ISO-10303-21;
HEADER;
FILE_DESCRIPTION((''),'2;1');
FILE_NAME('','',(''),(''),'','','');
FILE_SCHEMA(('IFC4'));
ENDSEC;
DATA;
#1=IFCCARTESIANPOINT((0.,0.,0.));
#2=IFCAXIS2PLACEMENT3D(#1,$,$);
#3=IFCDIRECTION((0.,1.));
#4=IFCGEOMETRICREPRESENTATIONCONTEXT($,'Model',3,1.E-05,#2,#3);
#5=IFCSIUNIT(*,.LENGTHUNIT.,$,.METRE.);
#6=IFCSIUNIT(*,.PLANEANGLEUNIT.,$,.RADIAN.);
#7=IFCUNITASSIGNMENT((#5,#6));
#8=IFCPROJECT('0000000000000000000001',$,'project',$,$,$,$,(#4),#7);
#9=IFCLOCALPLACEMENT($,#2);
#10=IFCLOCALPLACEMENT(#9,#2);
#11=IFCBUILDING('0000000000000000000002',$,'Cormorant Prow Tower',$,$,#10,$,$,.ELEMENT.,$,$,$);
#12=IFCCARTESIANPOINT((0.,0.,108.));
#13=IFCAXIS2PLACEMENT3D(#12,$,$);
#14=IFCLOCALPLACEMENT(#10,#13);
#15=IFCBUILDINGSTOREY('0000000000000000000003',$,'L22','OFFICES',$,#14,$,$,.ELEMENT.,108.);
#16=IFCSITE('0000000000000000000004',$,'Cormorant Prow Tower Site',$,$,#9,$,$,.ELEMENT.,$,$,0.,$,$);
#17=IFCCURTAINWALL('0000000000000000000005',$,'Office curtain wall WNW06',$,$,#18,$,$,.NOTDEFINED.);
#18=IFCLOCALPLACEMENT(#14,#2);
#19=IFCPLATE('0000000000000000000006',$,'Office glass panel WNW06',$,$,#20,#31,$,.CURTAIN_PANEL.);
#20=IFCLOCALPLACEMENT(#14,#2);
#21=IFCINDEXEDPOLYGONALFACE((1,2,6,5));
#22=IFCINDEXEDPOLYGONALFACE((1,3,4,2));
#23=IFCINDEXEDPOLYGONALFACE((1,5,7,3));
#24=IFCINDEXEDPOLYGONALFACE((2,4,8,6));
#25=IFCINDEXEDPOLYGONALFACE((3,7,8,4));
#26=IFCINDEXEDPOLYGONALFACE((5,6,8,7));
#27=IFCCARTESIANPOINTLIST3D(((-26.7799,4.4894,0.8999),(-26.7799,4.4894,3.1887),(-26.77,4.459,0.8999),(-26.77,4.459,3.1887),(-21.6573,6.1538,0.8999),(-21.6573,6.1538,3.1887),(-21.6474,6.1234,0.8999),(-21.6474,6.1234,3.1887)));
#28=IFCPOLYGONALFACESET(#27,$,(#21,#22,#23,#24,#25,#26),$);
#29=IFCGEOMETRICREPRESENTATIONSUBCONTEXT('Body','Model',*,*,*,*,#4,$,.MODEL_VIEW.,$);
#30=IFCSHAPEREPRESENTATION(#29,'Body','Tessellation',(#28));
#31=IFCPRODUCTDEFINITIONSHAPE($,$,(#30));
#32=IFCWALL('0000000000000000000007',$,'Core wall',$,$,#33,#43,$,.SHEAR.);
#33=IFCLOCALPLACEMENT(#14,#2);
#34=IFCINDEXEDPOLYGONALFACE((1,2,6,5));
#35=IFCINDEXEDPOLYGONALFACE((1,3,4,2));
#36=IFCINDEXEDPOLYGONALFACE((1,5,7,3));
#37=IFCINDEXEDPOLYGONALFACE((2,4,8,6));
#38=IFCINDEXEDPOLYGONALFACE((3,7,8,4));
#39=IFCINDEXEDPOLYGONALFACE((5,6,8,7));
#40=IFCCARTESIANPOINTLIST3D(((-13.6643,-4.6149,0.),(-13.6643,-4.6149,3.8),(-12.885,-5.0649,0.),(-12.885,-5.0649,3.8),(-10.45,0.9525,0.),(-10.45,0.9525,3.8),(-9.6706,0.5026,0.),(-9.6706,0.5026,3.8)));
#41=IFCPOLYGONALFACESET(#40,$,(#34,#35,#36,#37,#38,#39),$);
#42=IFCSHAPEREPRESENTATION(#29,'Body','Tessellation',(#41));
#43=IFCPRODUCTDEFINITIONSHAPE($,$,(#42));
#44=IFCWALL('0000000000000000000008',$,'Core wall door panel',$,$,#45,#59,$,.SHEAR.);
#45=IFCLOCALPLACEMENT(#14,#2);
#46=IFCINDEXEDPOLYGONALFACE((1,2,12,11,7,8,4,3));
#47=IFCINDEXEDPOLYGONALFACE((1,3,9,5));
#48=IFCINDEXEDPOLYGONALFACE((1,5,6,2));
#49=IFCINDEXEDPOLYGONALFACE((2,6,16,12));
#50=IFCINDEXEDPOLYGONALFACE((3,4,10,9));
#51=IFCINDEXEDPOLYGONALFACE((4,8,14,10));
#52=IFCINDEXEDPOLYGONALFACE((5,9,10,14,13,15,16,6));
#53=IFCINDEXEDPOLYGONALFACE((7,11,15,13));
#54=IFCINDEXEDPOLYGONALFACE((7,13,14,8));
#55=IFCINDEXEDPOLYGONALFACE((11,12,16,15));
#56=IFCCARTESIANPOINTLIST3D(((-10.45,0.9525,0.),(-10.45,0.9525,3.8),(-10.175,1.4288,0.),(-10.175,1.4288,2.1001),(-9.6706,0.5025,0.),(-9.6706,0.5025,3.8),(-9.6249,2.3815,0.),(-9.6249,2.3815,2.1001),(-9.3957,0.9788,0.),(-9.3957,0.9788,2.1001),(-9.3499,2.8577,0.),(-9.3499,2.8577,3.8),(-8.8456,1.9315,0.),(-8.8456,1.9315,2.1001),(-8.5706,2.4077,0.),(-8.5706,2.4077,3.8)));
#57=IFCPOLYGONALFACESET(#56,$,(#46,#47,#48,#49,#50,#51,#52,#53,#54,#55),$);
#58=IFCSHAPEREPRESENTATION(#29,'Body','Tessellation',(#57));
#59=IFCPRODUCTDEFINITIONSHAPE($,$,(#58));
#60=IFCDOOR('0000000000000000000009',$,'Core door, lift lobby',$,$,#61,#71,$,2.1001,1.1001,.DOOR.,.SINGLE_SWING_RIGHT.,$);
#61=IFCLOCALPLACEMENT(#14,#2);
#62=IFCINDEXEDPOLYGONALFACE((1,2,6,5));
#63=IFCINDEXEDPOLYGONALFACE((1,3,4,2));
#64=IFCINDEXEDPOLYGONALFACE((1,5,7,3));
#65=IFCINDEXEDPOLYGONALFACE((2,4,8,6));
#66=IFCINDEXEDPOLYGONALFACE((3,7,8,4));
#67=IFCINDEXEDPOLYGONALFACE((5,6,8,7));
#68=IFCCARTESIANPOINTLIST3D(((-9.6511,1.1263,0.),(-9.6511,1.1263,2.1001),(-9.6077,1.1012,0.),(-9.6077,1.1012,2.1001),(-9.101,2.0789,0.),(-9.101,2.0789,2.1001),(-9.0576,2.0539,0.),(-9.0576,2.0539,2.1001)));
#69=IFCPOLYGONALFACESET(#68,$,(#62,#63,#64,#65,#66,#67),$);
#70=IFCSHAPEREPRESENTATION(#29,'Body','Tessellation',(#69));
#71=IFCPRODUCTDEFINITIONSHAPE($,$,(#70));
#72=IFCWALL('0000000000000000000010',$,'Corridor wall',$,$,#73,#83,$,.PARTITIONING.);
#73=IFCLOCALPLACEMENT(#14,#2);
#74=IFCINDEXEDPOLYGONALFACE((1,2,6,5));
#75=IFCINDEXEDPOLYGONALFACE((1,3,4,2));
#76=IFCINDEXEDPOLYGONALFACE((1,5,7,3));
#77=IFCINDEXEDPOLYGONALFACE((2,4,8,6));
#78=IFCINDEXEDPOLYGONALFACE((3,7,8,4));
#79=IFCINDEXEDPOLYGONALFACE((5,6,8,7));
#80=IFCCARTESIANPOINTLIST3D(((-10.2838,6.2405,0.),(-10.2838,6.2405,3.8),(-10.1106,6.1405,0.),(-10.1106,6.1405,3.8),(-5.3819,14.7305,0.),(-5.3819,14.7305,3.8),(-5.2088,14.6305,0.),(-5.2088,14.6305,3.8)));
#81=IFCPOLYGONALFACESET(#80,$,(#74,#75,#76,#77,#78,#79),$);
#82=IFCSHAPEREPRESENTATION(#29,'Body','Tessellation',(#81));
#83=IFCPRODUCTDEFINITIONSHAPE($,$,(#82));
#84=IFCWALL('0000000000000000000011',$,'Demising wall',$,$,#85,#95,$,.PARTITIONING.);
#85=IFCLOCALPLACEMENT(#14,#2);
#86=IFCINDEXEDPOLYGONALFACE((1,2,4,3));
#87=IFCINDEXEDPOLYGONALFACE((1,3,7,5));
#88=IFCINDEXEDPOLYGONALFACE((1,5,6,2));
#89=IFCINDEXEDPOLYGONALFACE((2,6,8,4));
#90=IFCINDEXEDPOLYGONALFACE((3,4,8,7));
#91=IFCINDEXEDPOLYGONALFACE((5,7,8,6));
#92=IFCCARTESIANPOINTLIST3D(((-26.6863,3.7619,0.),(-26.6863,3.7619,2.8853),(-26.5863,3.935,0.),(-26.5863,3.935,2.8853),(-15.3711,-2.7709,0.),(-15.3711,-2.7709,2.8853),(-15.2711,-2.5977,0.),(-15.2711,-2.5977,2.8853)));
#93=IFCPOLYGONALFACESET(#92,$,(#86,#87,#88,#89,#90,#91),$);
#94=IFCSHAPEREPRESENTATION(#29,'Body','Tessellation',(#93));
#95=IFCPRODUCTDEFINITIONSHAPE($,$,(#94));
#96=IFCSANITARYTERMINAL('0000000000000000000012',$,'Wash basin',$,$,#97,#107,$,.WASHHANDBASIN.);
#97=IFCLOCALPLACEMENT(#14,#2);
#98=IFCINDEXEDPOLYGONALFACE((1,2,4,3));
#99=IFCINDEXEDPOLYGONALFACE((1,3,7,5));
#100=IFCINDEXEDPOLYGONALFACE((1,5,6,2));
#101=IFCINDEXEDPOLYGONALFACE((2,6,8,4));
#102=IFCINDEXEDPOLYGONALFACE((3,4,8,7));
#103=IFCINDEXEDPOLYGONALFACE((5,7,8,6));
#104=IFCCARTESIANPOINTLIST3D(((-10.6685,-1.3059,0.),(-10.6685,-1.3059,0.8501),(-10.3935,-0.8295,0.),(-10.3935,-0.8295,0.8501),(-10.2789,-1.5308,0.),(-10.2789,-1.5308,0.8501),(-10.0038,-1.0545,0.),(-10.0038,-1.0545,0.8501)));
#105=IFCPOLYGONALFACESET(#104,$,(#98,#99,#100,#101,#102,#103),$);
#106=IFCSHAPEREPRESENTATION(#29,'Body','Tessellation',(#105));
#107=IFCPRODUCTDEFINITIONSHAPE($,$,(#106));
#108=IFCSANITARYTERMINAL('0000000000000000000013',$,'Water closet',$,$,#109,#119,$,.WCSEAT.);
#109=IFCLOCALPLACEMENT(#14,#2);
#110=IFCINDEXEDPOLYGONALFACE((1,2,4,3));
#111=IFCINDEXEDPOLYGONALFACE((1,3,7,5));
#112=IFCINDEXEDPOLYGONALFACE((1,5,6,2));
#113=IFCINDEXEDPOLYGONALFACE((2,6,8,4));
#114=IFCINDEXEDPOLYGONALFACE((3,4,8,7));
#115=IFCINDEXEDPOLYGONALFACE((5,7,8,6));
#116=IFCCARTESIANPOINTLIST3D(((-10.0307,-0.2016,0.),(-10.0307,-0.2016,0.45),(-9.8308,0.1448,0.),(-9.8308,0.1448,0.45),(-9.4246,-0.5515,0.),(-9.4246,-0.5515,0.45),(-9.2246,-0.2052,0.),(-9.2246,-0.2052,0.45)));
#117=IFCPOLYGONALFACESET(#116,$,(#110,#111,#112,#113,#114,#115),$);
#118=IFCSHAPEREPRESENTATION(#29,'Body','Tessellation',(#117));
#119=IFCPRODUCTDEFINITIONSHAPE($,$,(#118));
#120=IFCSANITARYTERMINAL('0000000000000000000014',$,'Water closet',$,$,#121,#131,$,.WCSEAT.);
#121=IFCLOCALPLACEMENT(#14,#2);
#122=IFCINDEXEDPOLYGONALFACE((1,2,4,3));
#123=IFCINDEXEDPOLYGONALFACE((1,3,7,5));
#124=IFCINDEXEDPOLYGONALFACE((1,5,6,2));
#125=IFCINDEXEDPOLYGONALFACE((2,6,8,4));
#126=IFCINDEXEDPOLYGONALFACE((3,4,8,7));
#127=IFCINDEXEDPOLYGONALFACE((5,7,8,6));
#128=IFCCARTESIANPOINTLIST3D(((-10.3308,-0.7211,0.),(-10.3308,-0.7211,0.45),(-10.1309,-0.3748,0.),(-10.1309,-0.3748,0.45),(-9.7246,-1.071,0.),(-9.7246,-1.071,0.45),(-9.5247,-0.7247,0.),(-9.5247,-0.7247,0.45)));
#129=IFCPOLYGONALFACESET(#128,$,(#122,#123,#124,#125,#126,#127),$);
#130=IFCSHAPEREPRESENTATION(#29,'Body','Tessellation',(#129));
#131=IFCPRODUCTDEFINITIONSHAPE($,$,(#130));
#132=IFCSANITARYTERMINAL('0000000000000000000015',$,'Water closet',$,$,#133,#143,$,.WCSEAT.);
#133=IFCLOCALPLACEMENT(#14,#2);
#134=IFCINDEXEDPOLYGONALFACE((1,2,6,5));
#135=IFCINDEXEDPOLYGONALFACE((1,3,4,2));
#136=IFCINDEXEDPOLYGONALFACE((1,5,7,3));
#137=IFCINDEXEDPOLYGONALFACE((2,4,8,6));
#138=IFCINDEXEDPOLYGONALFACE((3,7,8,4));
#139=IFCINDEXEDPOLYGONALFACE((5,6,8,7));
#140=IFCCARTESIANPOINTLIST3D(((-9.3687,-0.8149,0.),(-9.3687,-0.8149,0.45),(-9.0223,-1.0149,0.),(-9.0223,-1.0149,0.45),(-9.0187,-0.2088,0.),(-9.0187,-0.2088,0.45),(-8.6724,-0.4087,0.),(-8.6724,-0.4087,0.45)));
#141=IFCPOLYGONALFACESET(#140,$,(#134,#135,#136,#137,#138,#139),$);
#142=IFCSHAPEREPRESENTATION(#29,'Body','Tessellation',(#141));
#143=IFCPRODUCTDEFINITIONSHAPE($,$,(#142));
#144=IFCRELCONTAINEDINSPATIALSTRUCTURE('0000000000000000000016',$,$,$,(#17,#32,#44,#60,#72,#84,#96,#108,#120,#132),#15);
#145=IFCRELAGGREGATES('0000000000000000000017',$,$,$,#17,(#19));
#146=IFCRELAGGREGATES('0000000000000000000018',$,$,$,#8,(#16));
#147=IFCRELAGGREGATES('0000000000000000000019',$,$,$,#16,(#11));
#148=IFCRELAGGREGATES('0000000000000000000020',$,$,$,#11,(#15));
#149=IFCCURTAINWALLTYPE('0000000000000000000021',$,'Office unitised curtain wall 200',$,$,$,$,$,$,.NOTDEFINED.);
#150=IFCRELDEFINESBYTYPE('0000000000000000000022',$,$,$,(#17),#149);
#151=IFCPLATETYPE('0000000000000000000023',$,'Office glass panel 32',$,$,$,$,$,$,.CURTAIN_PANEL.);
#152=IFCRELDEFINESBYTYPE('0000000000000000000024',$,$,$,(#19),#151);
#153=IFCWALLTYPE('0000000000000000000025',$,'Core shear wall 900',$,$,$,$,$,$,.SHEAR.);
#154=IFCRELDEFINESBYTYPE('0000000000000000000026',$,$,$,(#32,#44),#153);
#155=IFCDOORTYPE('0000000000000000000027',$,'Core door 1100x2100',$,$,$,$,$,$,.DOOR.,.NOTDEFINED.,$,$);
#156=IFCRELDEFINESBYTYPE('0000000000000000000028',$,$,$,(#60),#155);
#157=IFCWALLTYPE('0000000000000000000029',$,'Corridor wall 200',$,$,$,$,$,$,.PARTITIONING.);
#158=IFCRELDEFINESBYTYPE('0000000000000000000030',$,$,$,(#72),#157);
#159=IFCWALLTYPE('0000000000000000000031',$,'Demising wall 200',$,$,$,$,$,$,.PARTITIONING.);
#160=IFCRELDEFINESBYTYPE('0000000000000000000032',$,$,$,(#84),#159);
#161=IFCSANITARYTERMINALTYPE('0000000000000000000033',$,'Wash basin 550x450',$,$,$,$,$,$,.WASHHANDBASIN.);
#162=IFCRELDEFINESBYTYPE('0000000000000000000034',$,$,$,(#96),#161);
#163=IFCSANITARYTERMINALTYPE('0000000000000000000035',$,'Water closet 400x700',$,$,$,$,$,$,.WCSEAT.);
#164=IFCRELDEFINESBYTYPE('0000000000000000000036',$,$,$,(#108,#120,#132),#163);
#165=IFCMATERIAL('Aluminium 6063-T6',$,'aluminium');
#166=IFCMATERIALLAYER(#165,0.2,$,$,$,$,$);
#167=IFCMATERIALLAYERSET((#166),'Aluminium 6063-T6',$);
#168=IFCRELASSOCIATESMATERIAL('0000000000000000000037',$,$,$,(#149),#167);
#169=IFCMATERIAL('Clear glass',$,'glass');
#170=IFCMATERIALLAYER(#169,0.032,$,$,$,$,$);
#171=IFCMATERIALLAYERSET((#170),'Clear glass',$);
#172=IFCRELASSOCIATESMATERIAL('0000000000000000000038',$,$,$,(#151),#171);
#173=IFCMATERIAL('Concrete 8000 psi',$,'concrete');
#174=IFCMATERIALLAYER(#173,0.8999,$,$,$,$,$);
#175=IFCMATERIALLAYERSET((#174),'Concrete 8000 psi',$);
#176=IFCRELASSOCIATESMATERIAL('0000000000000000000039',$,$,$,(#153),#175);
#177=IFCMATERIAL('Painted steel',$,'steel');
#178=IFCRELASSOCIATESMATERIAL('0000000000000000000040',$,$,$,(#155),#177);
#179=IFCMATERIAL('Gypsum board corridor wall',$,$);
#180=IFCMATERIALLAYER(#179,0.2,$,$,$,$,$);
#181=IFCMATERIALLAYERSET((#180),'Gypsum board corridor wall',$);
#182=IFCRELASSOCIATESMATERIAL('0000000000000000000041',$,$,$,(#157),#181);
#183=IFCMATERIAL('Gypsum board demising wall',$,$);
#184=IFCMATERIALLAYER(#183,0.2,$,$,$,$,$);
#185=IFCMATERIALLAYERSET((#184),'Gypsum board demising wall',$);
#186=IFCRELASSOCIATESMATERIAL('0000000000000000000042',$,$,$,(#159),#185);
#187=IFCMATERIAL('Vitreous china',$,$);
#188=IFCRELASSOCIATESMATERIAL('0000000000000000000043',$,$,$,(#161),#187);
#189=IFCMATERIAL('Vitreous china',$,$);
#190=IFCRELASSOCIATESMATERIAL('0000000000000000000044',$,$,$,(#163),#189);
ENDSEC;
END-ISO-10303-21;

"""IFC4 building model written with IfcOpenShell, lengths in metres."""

from ifc_helpers import new_model, si_unit, direction, frame, frame_2d, origin, origin_2d, place, context, subcontext, project, spatial, rectangle, extrude, material, layer, layer_set, type_object, element, fill, aggregate, save


model = new_model("IFC4")

# Units and contexts
model_context = context("Model", 3, precision=1e-05, world=origin(), true_north=direction((0.0, 1.0)))
body_context = subcontext(model_context, "Body", "Model", "MODEL_VIEW")
ifc_project = project(units=[si_unit("LENGTHUNIT", "METRE"), si_unit("PLANEANGLEUNIT", "RADIAN")], contexts=[model_context])

# Site, building, storey
site_placement = place(None, origin())
site = spatial("IfcSite", under=ifc_project, at=site_placement, Name="Cormorant Prow Tower Site", CompositionType="ELEMENT", RefElevation=0.0)
building_placement = place(site_placement, origin())
building = spatial("IfcBuilding", under=site, at=building_placement, Name="Cormorant Prow Tower", CompositionType="ELEMENT")
storey_placement = place(building_placement, frame((0.0, 0.0, 108.0)))
storey = spatial("IfcBuildingStorey", under=building, at=storey_placement, Name="L22", Description="OFFICES", CompositionType="ELEMENT", Elevation=108.0)

# Curtain wall
ifc_material_1 = material(Name="Aluminium 6063-T6", Category="aluminium")
ifc_layer_1 = layer(ifc_material_1, 0.2)
ifc_layer_set_1 = layer_set([ifc_layer_1], Name="Aluminium 6063-T6")
curtain_wall_type = type_object("IfcCurtainWallType", Name="Office unitised curtain wall 200", PredefinedType="NOTDEFINED", material=ifc_layer_set_1)
curtain_wall_placement = place(storey_placement, origin())
curtain_wall = element("IfcCurtainWall", 1, at=curtain_wall_placement, inside=storey, type_object=curtain_wall_type, Name="Office curtain wall WNW06", PredefinedType="NOTDEFINED")

# Plate
ifc_material_2 = material(Name="Clear glass", Category="glass")
ifc_layer_2 = layer(ifc_material_2, 0.032)
ifc_layer_set_2 = layer_set([ifc_layer_2], Name="Clear glass")
plate_type = type_object("IfcPlateType", Name="Office glass panel 32", PredefinedType="CURTAIN_PANEL", material=ifc_layer_set_2)
plate_placement = place(storey_placement, frame((-24.2136, 5.3064, 0.8999), z_axis=(0.0, 0.0, 1.0), x_axis=(-0.951057, -0.309017, 0.0)))
plate = element("IfcPlate", 2, at=plate_placement, type_object=plate_type, Name="Office glass panel WNW06", PredefinedType="CURTAIN_PANEL", context=body_context, shape_type="SweptSolid", body=[
    extrude(rectangle(XDim=5.3862, YDim=0.032, at=origin_2d()), origin(), (0.0, 0.0, 1.0), 2.2888),
])
aggregate(curtain_wall, [plate])

# Wall
ifc_material_3 = material(Name="Concrete 8000 psi", Category="concrete")
ifc_layer_3 = layer(ifc_material_3, 0.8999)
ifc_layer_set_3 = layer_set([ifc_layer_3], Name="Concrete 8000 psi")
wall_type_1 = type_object("IfcWallType", Name="Core shear wall 900", PredefinedType="SHEAR", material=ifc_layer_set_3)
wall_1_placement = place(storey_placement, frame((-10.0603, 0.7275, 0.0), z_axis=(0.0, 0.0, 1.0), x_axis=(-0.500003, -0.866024, 0.0)))
element("IfcWall", 3, at=wall_1_placement, inside=storey, type_object=wall_type_1, Name="Core wall", PredefinedType="SHEAR", context=body_context, shape_type="SweptSolid", body=[
    extrude(rectangle(XDim=6.4287, YDim=0.8999, at=frame_2d((3.2144, 0.0))), origin(), (0.0, 0.0, 1.0), 3.8),
])

# Wall, opening, door
wall_2_placement = place(storey_placement, frame((-8.9602, 2.6328, 0.0), z_axis=(0.0, 0.0, 1.0), x_axis=(-0.50003, -0.866008, 0.0)))
wall_2 = element("IfcWall", 4, at=wall_2_placement, inside=storey, type_object=wall_type_1, Name="Core wall door panel", PredefinedType="SHEAR", context=body_context, shape_type="SweptSolid", body=[
    extrude(rectangle(XDim=2.2, YDim=0.8999, at=frame_2d((1.1001, 0.0))), origin(), (0.0, 0.0, 1.0), 3.8),
])
opening_1_placement = place(wall_2_placement, frame((0.55, 0.0, 0.0)))
opening_1 = element("IfcOpeningElement", 5, at=opening_1_placement, cuts=wall_2, PredefinedType="OPENING", context=body_context, shape_type="SweptSolid", body=[
    extrude(rectangle(XDim=1.1001, YDim=2.1001, at=frame_2d((0.55, 1.05))), frame((0.0, 0.46, 0.0), z_axis=(0.0, -1.0, 0.0), x_axis=(1.0, 0.0, 0.0)), (0.0, 0.0, 1.0), 0.9199),
])
ifc_material_4 = material(Name="Painted steel", Category="steel")
door_type_1 = type_object("IfcDoorType", Name="Core door 1100x2100", OperationType="NOTDEFINED", PredefinedType="DOOR", material=ifc_material_4)
door_1_placement = place(opening_1_placement, origin())
door_1 = element("IfcDoor", 6, at=door_1_placement, inside=storey, type_object=door_type_1, Name="Core door, lift lobby", OperationType="SINGLE_SWING_RIGHT", OverallHeight=2.1001, OverallWidth=1.1001, PredefinedType="DOOR", context=body_context, shape_type="SweptSolid", body=[
    extrude(rectangle(XDim=1.1001, YDim=2.1001, at=frame_2d((0.55, 1.05))), frame((0.0, 0.2051, 0.0), z_axis=(0.0, -1.0, 0.0), x_axis=(1.0, 0.0, 0.0)), (0.0, 0.0, 1.0), 0.05),
])
fill(opening_1, door_1)

# Walls
ifc_material_5 = material(Name="Gypsum board corridor wall")
ifc_layer_4 = layer(ifc_material_5, 0.2)
ifc_layer_set_4 = layer_set([ifc_layer_4], Name="Gypsum board corridor wall")
wall_type_2 = type_object("IfcWallType", Name="Corridor wall 200", PredefinedType="PARTITIONING", material=ifc_layer_set_4)
wall_3_placement = place(storey_placement, frame((-10.1973, 6.1904, 0.0), z_axis=(0.0, 0.0, 1.0), x_axis=(0.500012, 0.866018, 0.0)))
element("IfcWall", 7, at=wall_3_placement, inside=storey, type_object=wall_type_2, Name="Corridor wall", PredefinedType="PARTITIONING", context=body_context, shape_type="SweptSolid", body=[
    extrude(rectangle(XDim=9.8035, YDim=0.2, at=frame_2d((4.9019, 0.0))), origin(), (0.0, 0.0, 1.0), 3.8),
])
ifc_material_6 = material(Name="Gypsum board demising wall")
ifc_layer_5 = layer(ifc_material_6, 0.2)
ifc_layer_set_5 = layer_set([ifc_layer_5], Name="Gypsum board demising wall")
wall_type_3 = type_object("IfcWallType", Name="Demising wall 200", PredefinedType="PARTITIONING", material=ifc_layer_set_5)
wall_4_placement = place(storey_placement, frame((-26.6362, 3.8484, 0.0), z_axis=(0.0, 0.0, 1.0), x_axis=(0.866029, -0.499994, 0.0)))
element("IfcWall", 8, at=wall_4_placement, inside=storey, type_object=wall_type_3, Name="Demising wall", PredefinedType="PARTITIONING", context=body_context, shape_type="SweptSolid", body=[
    extrude(rectangle(XDim=13.0657, YDim=0.2, at=frame_2d((6.5327, 0.0))), origin(), (0.0, 0.0, 1.0), 2.8853),
])

# Sanitary terminals
ifc_material_7 = material(Name="Vitreous china")
sanitary_terminal_type_1 = type_object("IfcSanitaryTerminalType", Name="Wash basin 550x450", PredefinedType="WASHHANDBASIN", material=ifc_material_7)
sanitary_terminal_placement = place(storey_placement, frame((-10.3362, -1.1802, 0.0), z_axis=(0.0, 0.0, 1.0), x_axis=(-0.499985, -0.866034, 0.0)))
element("IfcSanitaryTerminal", 9, at=sanitary_terminal_placement, inside=storey, type_object=sanitary_terminal_type_1, Name="Wash basin", PredefinedType="WASHHANDBASIN", context=body_context, shape_type="SweptSolid", body=[
    extrude(rectangle(XDim=0.55, YDim=0.45, at=origin_2d()), origin(), (0.0, 0.0, 1.0), 0.8501),
])
ifc_material_8 = material(Name="Vitreous china")
sanitary_terminal_type_2 = type_object("IfcSanitaryTerminalType", Name="Water closet 400x700", PredefinedType="WCSEAT", material=ifc_material_8)
for number, where, z_axis, x_axis, name in (
    (10, (-9.6277, -0.2034, 0.0), (0.0, 0.0, 1.0), (-0.499985, -0.866034, 0.0), "Water closet"),
    (11, (-9.9277, -0.7229, 0.0), (0.0, 0.0, 1.0), (-0.499985, -0.866034, 0.0), "Water closet"),
    (12, (-9.0205, -0.6118, 0.0), (0.0, 0.0, 1.0), (-0.866034, 0.499985, 0.0), "Water closet"),
):
    element("IfcSanitaryTerminal", number, at=place(storey_placement, frame(where, z_axis=z_axis, x_axis=x_axis)), inside=storey, type_object=sanitary_terminal_type_2, Name=name, PredefinedType="WCSEAT", context=body_context, shape_type="SweptSolid", body=[
        extrude(rectangle(XDim=0.3999, YDim=0.7, at=origin_2d()), origin(), (0.0, 0.0, 1.0), 0.45),
    ])

save(model, "model.ifc")
